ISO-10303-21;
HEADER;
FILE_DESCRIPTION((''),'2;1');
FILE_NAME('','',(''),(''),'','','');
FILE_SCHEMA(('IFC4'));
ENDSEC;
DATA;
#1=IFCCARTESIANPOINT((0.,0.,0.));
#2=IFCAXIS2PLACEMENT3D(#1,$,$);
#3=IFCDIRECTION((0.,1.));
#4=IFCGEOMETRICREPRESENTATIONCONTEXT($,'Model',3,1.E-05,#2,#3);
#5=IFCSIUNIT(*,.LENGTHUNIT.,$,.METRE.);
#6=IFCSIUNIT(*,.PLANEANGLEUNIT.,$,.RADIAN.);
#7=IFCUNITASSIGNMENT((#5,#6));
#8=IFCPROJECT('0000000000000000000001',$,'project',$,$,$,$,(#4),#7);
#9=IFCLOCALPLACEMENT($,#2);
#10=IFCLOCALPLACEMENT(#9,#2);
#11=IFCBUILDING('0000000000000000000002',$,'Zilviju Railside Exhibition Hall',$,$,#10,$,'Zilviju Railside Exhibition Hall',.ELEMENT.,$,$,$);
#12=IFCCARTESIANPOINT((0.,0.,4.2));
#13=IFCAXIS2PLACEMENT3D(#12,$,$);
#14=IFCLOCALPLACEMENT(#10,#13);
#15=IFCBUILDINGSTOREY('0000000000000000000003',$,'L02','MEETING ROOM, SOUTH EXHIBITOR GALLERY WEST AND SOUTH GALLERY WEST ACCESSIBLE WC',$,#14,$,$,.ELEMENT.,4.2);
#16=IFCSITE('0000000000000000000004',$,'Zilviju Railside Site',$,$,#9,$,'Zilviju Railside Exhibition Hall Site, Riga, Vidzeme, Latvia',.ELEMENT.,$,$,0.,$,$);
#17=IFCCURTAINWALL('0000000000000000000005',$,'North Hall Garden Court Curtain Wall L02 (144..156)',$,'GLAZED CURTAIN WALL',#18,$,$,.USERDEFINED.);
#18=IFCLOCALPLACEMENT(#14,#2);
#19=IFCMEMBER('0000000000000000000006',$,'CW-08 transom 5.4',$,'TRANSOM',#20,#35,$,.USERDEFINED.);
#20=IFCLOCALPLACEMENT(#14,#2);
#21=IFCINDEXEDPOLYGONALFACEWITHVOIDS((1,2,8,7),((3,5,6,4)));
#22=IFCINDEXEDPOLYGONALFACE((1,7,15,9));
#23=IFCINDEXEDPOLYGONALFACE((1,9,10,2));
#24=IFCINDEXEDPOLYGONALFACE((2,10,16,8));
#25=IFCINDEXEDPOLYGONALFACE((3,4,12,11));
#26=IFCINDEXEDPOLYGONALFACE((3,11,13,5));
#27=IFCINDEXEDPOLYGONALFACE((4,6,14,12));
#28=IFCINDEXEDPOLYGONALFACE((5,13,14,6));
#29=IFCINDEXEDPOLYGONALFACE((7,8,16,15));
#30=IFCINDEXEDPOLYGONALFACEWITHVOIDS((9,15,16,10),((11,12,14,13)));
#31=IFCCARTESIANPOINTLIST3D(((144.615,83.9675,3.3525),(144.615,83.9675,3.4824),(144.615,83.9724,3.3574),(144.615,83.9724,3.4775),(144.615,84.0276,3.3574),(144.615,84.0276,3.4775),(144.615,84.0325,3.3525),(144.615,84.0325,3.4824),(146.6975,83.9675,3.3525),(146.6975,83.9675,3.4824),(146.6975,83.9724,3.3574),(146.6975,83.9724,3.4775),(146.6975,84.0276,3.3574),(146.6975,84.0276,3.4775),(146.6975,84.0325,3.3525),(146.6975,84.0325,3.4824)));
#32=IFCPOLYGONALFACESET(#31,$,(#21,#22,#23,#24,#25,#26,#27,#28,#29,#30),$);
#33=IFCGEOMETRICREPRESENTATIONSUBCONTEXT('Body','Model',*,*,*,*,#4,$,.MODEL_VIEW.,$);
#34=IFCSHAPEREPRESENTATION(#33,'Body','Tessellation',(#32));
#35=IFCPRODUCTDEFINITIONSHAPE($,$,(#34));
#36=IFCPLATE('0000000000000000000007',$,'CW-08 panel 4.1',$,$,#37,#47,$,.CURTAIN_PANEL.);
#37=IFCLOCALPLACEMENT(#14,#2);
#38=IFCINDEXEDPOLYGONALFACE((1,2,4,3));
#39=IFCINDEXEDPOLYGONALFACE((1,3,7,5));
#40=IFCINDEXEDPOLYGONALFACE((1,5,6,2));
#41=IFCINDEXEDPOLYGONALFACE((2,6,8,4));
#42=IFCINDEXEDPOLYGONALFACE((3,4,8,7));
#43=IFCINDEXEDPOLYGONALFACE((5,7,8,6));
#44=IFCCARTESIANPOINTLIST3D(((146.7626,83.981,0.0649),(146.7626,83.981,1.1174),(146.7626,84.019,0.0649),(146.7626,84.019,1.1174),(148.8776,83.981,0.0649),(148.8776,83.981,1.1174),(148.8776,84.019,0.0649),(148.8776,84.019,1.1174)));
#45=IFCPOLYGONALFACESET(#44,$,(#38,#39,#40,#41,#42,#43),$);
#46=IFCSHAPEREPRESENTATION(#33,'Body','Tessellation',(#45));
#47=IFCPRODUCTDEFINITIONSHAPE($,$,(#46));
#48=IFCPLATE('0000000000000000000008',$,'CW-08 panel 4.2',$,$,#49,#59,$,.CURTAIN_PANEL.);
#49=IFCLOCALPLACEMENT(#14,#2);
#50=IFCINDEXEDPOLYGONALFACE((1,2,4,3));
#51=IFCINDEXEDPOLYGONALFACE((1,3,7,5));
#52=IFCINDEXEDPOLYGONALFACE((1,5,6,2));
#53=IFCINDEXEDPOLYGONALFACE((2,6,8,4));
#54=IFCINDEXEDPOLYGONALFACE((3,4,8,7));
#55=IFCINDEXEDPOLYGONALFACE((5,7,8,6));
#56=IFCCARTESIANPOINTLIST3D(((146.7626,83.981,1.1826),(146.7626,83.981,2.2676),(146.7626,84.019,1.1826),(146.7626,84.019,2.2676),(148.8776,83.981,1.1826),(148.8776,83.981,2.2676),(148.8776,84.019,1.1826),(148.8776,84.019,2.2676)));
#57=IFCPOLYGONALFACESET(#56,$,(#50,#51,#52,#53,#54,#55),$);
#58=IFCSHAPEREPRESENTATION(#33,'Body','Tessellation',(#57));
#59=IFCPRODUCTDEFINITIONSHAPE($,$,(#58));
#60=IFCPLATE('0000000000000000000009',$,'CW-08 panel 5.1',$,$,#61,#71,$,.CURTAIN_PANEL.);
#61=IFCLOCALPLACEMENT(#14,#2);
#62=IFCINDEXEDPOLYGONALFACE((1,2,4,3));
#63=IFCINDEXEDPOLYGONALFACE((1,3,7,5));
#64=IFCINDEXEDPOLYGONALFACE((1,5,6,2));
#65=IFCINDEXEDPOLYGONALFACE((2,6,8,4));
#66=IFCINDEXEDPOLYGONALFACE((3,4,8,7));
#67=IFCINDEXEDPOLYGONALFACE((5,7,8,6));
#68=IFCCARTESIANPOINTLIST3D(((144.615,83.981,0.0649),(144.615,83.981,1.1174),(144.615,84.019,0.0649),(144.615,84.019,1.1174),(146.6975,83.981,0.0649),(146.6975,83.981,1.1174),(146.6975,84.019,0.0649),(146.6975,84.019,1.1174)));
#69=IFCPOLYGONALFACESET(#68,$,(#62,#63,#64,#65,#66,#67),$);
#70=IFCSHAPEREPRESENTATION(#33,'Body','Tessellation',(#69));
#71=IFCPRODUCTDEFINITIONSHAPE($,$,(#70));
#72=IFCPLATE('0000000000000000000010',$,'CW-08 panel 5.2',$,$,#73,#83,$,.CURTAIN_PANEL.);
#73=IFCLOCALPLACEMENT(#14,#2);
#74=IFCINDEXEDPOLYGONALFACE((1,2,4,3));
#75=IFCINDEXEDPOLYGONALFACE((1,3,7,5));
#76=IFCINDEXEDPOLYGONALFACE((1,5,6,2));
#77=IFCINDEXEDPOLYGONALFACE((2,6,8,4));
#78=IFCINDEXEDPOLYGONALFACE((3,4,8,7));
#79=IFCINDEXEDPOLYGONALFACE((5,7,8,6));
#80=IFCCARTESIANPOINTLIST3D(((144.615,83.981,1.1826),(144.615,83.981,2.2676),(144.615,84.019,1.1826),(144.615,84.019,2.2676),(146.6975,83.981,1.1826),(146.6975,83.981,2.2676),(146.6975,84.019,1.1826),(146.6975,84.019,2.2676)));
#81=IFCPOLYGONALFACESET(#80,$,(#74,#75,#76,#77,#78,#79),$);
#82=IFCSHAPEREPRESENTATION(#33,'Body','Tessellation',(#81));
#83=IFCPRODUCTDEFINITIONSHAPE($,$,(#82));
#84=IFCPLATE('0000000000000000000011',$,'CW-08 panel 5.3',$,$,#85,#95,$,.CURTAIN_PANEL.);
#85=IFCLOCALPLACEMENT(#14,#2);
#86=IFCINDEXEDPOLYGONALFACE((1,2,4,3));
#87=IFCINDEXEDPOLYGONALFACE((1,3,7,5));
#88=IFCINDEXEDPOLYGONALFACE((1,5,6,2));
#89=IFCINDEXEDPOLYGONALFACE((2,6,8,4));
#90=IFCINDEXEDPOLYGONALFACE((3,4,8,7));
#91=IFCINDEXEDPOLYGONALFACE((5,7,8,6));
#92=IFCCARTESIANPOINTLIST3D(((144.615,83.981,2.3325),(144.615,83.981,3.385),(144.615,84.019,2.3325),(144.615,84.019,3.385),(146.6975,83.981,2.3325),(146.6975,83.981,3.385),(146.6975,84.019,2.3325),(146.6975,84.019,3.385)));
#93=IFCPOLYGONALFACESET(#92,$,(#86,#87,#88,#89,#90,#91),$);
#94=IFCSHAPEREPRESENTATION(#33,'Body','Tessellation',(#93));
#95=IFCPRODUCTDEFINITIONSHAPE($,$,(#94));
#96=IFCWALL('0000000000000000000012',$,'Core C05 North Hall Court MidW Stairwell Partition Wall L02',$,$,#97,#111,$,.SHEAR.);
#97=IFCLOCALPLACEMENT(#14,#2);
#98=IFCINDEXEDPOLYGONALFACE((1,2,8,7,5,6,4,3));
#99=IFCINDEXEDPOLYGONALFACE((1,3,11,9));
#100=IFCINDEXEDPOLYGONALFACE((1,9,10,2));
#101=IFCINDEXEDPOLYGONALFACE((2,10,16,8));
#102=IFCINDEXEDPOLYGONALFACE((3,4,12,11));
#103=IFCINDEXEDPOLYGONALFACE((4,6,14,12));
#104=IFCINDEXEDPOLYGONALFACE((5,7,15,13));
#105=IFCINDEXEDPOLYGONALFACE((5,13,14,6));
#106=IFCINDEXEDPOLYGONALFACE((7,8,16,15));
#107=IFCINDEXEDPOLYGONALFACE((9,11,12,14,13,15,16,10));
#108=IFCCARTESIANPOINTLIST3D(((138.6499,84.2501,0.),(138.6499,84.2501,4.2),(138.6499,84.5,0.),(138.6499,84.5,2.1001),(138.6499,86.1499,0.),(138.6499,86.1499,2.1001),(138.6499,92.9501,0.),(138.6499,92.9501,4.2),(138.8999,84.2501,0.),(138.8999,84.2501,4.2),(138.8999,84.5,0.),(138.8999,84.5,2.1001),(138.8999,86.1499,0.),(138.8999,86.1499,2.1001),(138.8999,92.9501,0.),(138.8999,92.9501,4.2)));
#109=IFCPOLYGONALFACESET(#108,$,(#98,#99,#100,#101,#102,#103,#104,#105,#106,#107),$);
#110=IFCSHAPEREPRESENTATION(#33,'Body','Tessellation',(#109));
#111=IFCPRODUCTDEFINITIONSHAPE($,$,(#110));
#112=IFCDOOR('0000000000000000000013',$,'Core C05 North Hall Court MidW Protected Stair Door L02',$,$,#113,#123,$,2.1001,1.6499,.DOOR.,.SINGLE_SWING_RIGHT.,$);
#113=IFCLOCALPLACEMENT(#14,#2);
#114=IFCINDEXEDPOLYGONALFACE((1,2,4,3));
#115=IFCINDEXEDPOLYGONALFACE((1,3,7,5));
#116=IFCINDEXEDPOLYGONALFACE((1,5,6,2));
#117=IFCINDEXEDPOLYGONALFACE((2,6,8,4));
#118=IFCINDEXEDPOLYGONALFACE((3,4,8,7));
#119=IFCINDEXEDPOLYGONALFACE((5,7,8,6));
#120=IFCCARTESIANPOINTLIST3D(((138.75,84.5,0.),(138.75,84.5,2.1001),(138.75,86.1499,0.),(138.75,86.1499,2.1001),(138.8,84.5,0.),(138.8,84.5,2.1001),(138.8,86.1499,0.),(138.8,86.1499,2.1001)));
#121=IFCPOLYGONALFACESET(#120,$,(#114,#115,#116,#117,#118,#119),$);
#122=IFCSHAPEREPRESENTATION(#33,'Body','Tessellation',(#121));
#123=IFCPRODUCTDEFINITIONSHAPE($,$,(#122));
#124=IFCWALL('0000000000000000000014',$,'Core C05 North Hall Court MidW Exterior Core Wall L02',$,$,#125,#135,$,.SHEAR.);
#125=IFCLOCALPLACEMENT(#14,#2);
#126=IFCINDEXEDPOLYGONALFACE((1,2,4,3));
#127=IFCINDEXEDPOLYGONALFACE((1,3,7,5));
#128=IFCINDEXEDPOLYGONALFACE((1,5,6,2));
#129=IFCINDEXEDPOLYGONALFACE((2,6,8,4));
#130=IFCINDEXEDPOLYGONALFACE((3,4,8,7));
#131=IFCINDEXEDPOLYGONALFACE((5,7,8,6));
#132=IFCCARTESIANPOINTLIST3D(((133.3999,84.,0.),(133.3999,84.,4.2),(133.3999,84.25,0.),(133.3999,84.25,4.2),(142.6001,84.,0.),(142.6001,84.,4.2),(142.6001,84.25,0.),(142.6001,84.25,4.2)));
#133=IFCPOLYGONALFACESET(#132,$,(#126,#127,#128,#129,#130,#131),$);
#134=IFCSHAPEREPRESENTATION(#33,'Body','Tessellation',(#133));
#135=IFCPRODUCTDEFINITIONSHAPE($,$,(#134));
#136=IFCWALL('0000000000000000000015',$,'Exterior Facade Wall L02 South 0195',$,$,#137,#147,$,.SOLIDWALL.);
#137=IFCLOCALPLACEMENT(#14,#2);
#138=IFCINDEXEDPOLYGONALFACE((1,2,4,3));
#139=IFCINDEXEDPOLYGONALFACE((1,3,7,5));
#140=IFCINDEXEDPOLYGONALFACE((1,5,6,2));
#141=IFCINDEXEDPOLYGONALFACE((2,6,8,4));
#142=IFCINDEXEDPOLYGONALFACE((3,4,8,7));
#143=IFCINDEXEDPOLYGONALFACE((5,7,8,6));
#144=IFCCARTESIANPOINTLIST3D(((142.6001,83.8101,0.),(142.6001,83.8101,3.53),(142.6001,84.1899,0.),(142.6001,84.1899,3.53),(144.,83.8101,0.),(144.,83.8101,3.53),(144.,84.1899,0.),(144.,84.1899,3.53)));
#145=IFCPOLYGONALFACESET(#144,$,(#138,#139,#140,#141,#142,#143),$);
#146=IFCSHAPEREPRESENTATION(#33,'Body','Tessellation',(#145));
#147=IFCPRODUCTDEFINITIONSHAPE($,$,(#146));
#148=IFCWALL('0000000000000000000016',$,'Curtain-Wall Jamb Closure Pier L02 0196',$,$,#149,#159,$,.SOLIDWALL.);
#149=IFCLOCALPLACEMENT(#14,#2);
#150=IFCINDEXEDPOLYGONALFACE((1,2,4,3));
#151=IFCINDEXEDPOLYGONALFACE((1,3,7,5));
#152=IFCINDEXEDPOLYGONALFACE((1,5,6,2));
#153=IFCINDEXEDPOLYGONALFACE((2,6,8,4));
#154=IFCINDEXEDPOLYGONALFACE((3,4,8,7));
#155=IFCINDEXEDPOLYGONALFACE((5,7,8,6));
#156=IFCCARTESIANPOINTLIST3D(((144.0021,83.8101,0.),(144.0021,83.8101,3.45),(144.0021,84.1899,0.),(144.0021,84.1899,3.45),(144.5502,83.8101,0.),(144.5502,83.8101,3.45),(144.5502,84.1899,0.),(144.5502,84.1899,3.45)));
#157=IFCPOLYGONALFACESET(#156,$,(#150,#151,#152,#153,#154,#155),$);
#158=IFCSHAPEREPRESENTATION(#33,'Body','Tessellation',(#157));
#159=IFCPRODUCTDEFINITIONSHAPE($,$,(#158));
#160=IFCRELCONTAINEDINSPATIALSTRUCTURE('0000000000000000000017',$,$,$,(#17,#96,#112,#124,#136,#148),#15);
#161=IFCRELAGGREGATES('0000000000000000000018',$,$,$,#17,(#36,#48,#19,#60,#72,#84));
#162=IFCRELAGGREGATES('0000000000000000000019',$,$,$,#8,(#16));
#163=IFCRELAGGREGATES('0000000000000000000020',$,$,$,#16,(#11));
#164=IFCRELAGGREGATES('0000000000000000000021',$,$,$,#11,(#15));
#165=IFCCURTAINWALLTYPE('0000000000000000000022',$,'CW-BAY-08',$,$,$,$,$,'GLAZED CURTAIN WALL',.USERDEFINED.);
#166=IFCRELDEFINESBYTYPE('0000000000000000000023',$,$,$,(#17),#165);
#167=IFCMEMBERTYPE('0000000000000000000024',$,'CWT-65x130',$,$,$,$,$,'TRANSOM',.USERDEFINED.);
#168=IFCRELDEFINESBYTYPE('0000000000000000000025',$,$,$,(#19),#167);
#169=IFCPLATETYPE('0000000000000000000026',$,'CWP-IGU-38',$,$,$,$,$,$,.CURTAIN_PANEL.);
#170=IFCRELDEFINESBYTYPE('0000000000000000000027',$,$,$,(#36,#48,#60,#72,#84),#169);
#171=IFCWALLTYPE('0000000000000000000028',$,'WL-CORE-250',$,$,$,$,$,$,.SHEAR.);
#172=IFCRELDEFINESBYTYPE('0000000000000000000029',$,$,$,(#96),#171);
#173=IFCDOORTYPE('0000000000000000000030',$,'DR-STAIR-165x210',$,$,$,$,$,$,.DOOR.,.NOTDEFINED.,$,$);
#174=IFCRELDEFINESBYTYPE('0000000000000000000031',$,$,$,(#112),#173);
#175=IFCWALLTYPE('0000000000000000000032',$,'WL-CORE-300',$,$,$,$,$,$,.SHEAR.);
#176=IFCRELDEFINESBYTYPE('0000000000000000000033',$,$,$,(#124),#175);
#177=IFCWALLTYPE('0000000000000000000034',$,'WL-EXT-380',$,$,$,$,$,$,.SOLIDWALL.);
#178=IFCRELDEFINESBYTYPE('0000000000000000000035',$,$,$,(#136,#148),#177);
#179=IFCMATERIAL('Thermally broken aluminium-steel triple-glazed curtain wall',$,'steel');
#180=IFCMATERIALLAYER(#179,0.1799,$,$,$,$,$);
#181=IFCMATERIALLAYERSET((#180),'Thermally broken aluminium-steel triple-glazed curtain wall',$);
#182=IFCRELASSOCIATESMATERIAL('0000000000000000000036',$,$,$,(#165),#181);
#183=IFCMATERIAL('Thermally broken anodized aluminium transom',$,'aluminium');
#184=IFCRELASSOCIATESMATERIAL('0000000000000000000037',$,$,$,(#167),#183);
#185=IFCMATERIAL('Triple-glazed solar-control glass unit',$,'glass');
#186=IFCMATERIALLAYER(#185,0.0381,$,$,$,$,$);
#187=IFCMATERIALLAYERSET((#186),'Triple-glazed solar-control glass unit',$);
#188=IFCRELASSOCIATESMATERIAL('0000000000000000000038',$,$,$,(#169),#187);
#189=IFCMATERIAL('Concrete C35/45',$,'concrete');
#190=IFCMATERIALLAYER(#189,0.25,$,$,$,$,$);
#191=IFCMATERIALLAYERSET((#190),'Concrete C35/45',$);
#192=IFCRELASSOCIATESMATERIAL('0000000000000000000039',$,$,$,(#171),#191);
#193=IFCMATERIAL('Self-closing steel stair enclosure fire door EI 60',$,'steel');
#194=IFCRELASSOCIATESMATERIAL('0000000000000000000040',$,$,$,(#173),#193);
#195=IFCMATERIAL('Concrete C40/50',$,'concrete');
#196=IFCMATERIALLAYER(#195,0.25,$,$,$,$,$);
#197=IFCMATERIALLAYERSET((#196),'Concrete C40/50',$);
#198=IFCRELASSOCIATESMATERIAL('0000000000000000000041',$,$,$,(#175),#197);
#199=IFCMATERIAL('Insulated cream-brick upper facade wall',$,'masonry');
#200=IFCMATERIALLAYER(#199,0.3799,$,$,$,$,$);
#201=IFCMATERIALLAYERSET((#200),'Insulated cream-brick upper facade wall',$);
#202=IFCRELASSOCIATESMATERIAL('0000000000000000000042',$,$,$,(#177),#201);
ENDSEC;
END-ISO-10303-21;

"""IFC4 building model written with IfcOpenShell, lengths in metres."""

from ifc_helpers import new_model, si_unit, direction, frame, frame_2d, origin, origin_2d, place, context, subcontext, project, spatial, rectangle, hollow_rectangle, extrude, material, layer, layer_set, material_profile, profile_set, type_object, element, fill, aggregate, save


model = new_model("IFC4")

# Units and contexts
model_context = context("Model", 3, precision=1e-05, world=origin(), true_north=direction((0.0, 1.0)))
body_context = subcontext(model_context, "Body", "Model", "MODEL_VIEW")
ifc_project = project(units=[si_unit("LENGTHUNIT", "METRE"), si_unit("PLANEANGLEUNIT", "RADIAN")], contexts=[model_context])

# Site, building, storey
site_placement = place(None, origin())
site = spatial("IfcSite", under=ifc_project, at=site_placement, Name="Zilviju Railside Site", LongName="Zilviju Railside Exhibition Hall Site, Riga, Vidzeme, Latvia", CompositionType="ELEMENT", RefElevation=0.0)
building_placement = place(site_placement, origin())
building = spatial("IfcBuilding", under=site, at=building_placement, Name="Zilviju Railside Exhibition Hall", LongName="Zilviju Railside Exhibition Hall", CompositionType="ELEMENT")
storey_placement = place(building_placement, frame((0.0, 0.0, 4.2)))
storey = spatial("IfcBuildingStorey", under=building, at=storey_placement, Name="L02", Description="MEETING ROOM, SOUTH EXHIBITOR GALLERY WEST AND SOUTH GALLERY WEST ACCESSIBLE WC", CompositionType="ELEMENT", Elevation=4.2)

# Shared definitions
ifc_material_1 = material(Name="Concrete C40/50", Category="concrete")

# Curtain wall, member, plates
ifc_material_2 = material(Name="Thermally broken aluminium-steel triple-glazed curtain wall", Category="steel")
ifc_layer_1 = layer(ifc_material_2, 0.1799)
ifc_layer_set_1 = layer_set([ifc_layer_1], Name="Thermally broken aluminium-steel triple-glazed curtain wall")
curtain_wall_type = type_object("IfcCurtainWallType", Name="CW-BAY-08", ElementType="GLAZED CURTAIN WALL", PredefinedType="USERDEFINED", material=ifc_layer_set_1)
curtain_wall_placement = place(storey_placement, origin())
curtain_wall = element("IfcCurtainWall", 1, at=curtain_wall_placement, inside=storey, type_object=curtain_wall_type, Name="North Hall Garden Court Curtain Wall L02 (144..156)", ObjectType="GLAZED CURTAIN WALL", PredefinedType="USERDEFINED")
ifc_material_3 = material(Name="Thermally broken anodized aluminium transom", Category="aluminium")
ifc_material_profile_1 = material_profile(ifc_material_3, hollow_rectangle(XDim=0.0649, YDim=0.1299, WallThickness=0.0049, at=origin_2d()), Name="TRANSOM 130x65x5")
ifc_profile_set_1 = profile_set([ifc_material_profile_1], Name="Thermally broken anodized aluminium transom")
member_type_1 = type_object("IfcMemberType", Name="CWT-65x130", ElementType="TRANSOM", PredefinedType="USERDEFINED", material=ifc_profile_set_1)
member_1_placement = place(storey_placement, frame((146.6975, 84.0, 3.4175), z_axis=(-1.0, 0.0, 0.0), x_axis=(0.0, -1.0, 0.0)))
member_1 = element("IfcMember", 2, at=member_1_placement, type_object=member_type_1, Name="CW-08 transom 5.4", ObjectType="TRANSOM", PredefinedType="USERDEFINED", context=body_context, shape_type="SweptSolid", body=[
    extrude(hollow_rectangle(XDim=0.0649, YDim=0.1299, WallThickness=0.0049, at=origin_2d()), origin(), (0.0, 0.0, 1.0), 2.0825),
])
ifc_material_4 = material(Name="Triple-glazed solar-control glass unit", Category="glass")
ifc_layer_2 = layer(ifc_material_4, 0.0381)
ifc_layer_set_2 = layer_set([ifc_layer_2], Name="Triple-glazed solar-control glass unit")
plate_type = type_object("IfcPlateType", Name="CWP-IGU-38", PredefinedType="CURTAIN_PANEL", material=ifc_layer_set_2)
plate_1_placement = place(storey_placement, frame((147.8201, 84.0, 0.0649), z_axis=(0.0, 0.0, 1.0), x_axis=(-1.0, 0.0, 0.0)))
plate_1 = element("IfcPlate", 3, at=plate_1_placement, type_object=plate_type, Name="CW-08 panel 4.1", PredefinedType="CURTAIN_PANEL", context=body_context, shape_type="SweptSolid", body=[
    extrude(rectangle(XDim=2.115, YDim=0.0381, at=origin_2d()), origin(), (0.0, 0.0, 1.0), 1.0525),
])
plate_2_placement = place(storey_placement, frame((147.8201, 84.0, 1.1826), z_axis=(0.0, 0.0, 1.0), x_axis=(-1.0, 0.0, 0.0)))
plate_2 = element("IfcPlate", 4, at=plate_2_placement, type_object=plate_type, Name="CW-08 panel 4.2", PredefinedType="CURTAIN_PANEL", context=body_context, shape_type="SweptSolid", body=[
    extrude(rectangle(XDim=2.115, YDim=0.0381, at=origin_2d()), origin(), (0.0, 0.0, 1.0), 1.085),
])
plate_3_placement = place(storey_placement, frame((145.6562, 84.0, 0.0649), z_axis=(0.0, 0.0, 1.0), x_axis=(-1.0, 0.0, 0.0)))
plate_3 = element("IfcPlate", 5, at=plate_3_placement, type_object=plate_type, Name="CW-08 panel 5.1", PredefinedType="CURTAIN_PANEL", context=body_context, shape_type="SweptSolid", body=[
    extrude(rectangle(XDim=2.0825, YDim=0.0381, at=origin_2d()), origin(), (0.0, 0.0, 1.0), 1.0525),
])
plate_4_placement = place(storey_placement, frame((145.6562, 84.0, 1.1826), z_axis=(0.0, 0.0, 1.0), x_axis=(-1.0, 0.0, 0.0)))
plate_4 = element("IfcPlate", 6, at=plate_4_placement, type_object=plate_type, Name="CW-08 panel 5.2", PredefinedType="CURTAIN_PANEL", context=body_context, shape_type="SweptSolid", body=[
    extrude(rectangle(XDim=2.0825, YDim=0.0381, at=origin_2d()), origin(), (0.0, 0.0, 1.0), 1.085),
])
plate_5_placement = place(storey_placement, frame((145.6562, 84.0, 2.3325), z_axis=(0.0, 0.0, 1.0), x_axis=(-1.0, 0.0, 0.0)))
plate_5 = element("IfcPlate", 7, at=plate_5_placement, type_object=plate_type, Name="CW-08 panel 5.3", PredefinedType="CURTAIN_PANEL", context=body_context, shape_type="SweptSolid", body=[
    extrude(rectangle(XDim=2.0825, YDim=0.0381, at=origin_2d()), origin(), (0.0, 0.0, 1.0), 1.0525),
])
aggregate(curtain_wall, [plate_1, plate_2, member_1, plate_3, plate_4, plate_5])

# Wall, opening, door
ifc_material_5 = material(Name="Concrete C35/45", Category="concrete")
ifc_layer_3 = layer(ifc_material_5, 0.25)
ifc_layer_set_3 = layer_set([ifc_layer_3], Name="Concrete C35/45")
wall_type_1 = type_object("IfcWallType", Name="WL-CORE-250", PredefinedType="SHEAR", material=ifc_layer_set_3)
wall_1_placement = place(storey_placement, frame((138.7749, 84.25, 0.0), z_axis=(0.0, 0.0, 1.0), x_axis=(0.0, 1.0, 0.0)))
wall_1 = element("IfcWall", 8, at=wall_1_placement, inside=storey, type_object=wall_type_1, Name="Core C05 North Hall Court MidW Stairwell Partition Wall L02", PredefinedType="SHEAR", context=body_context, shape_type="SweptSolid", body=[
    extrude(rectangle(XDim=8.7, YDim=0.25, at=frame_2d((4.3501, 0.0))), origin(), (0.0, 0.0, 1.0), 4.2),
])
opening_1_placement = place(wall_1_placement, frame((0.25, 0.0, 0.0)))
opening_1 = element("IfcOpeningElement", 9, at=opening_1_placement, cuts=wall_1, PredefinedType="OPENING", context=body_context, shape_type="SweptSolid", body=[
    extrude(rectangle(XDim=1.6499, YDim=2.1001, at=frame_2d((0.825, 1.05))), frame((0.0, 0.135, 0.0), z_axis=(0.0, -1.0, 0.0), x_axis=(1.0, 0.0, 0.0)), (0.0, 0.0, 1.0), 0.27),
])
ifc_material_6 = material(Name="Self-closing steel stair enclosure fire door EI 60", Category="steel")
door_type_1 = type_object("IfcDoorType", Name="DR-STAIR-165x210", OperationType="NOTDEFINED", PredefinedType="DOOR", material=ifc_material_6)
door_1_placement = place(opening_1_placement, origin())
door_1 = element("IfcDoor", 10, at=door_1_placement, inside=storey, type_object=door_type_1, Name="Core C05 North Hall Court MidW Protected Stair Door L02", OperationType="SINGLE_SWING_RIGHT", OverallHeight=2.1001, OverallWidth=1.6499, PredefinedType="DOOR", context=body_context, shape_type="SweptSolid", body=[
    extrude(rectangle(XDim=1.6499, YDim=2.1001, at=frame_2d((0.825, 1.05))), frame((0.0, 0.0249, 0.0), z_axis=(0.0, -1.0, 0.0), x_axis=(1.0, 0.0, 0.0)), (0.0, 0.0, 1.0), 0.05),
])
fill(opening_1, door_1)

# Walls
ifc_layer_4 = layer(ifc_material_1, 0.25)
ifc_layer_set_4 = layer_set([ifc_layer_4], Name="Concrete C40/50")
wall_type_2 = type_object("IfcWallType", Name="WL-CORE-300", PredefinedType="SHEAR", material=ifc_layer_set_4)
wall_2_placement = place(storey_placement, frame((142.6001, 84.125, 0.0), z_axis=(0.0, 0.0, 1.0), x_axis=(-1.0, 0.0, 0.0)))
element("IfcWall", 11, at=wall_2_placement, inside=storey, type_object=wall_type_2, Name="Core C05 North Hall Court MidW Exterior Core Wall L02", PredefinedType="SHEAR", context=body_context, shape_type="SweptSolid", body=[
    extrude(rectangle(XDim=9.2002, YDim=0.25, at=frame_2d((4.6001, 0.0))), origin(), (0.0, 0.0, 1.0), 4.2),
])
ifc_material_7 = material(Name="Insulated cream-brick upper facade wall", Category="masonry")
ifc_layer_5 = layer(ifc_material_7, 0.3799)
ifc_layer_set_5 = layer_set([ifc_layer_5], Name="Insulated cream-brick upper facade wall")
wall_type_3 = type_object("IfcWallType", Name="WL-EXT-380", PredefinedType="SOLIDWALL", material=ifc_layer_set_5)
wall_3_placement = place(storey_placement, frame((144.0, 84.0, 0.0), z_axis=(0.0, 0.0, 1.0), x_axis=(-1.0, 0.0, 0.0)))
element("IfcWall", 12, at=wall_3_placement, inside=storey, type_object=wall_type_3, Name="Exterior Facade Wall L02 South 0195", PredefinedType="SOLIDWALL", context=body_context, shape_type="SweptSolid", body=[
    extrude(rectangle(XDim=1.3999, YDim=0.3799, at=frame_2d((0.7, 0.0))), origin(), (0.0, 0.0, 1.0), 3.53),
])
wall_4_placement = place(storey_placement, frame((144.55, 84.0, 0.0), z_axis=(0.0, 0.0, 1.0), x_axis=(-1.0, 0.0, 0.0)))
element("IfcWall", 13, at=wall_4_placement, inside=storey, type_object=wall_type_3, Name="Curtain-Wall Jamb Closure Pier L02 0196", PredefinedType="SOLIDWALL", context=body_context, shape_type="SweptSolid", body=[
    extrude(rectangle(XDim=0.5481, YDim=0.3799, at=frame_2d((0.2739, 0.0))), origin(), (0.0, 0.0, 1.0), 3.45),
])

save(model, "model.ifc")
